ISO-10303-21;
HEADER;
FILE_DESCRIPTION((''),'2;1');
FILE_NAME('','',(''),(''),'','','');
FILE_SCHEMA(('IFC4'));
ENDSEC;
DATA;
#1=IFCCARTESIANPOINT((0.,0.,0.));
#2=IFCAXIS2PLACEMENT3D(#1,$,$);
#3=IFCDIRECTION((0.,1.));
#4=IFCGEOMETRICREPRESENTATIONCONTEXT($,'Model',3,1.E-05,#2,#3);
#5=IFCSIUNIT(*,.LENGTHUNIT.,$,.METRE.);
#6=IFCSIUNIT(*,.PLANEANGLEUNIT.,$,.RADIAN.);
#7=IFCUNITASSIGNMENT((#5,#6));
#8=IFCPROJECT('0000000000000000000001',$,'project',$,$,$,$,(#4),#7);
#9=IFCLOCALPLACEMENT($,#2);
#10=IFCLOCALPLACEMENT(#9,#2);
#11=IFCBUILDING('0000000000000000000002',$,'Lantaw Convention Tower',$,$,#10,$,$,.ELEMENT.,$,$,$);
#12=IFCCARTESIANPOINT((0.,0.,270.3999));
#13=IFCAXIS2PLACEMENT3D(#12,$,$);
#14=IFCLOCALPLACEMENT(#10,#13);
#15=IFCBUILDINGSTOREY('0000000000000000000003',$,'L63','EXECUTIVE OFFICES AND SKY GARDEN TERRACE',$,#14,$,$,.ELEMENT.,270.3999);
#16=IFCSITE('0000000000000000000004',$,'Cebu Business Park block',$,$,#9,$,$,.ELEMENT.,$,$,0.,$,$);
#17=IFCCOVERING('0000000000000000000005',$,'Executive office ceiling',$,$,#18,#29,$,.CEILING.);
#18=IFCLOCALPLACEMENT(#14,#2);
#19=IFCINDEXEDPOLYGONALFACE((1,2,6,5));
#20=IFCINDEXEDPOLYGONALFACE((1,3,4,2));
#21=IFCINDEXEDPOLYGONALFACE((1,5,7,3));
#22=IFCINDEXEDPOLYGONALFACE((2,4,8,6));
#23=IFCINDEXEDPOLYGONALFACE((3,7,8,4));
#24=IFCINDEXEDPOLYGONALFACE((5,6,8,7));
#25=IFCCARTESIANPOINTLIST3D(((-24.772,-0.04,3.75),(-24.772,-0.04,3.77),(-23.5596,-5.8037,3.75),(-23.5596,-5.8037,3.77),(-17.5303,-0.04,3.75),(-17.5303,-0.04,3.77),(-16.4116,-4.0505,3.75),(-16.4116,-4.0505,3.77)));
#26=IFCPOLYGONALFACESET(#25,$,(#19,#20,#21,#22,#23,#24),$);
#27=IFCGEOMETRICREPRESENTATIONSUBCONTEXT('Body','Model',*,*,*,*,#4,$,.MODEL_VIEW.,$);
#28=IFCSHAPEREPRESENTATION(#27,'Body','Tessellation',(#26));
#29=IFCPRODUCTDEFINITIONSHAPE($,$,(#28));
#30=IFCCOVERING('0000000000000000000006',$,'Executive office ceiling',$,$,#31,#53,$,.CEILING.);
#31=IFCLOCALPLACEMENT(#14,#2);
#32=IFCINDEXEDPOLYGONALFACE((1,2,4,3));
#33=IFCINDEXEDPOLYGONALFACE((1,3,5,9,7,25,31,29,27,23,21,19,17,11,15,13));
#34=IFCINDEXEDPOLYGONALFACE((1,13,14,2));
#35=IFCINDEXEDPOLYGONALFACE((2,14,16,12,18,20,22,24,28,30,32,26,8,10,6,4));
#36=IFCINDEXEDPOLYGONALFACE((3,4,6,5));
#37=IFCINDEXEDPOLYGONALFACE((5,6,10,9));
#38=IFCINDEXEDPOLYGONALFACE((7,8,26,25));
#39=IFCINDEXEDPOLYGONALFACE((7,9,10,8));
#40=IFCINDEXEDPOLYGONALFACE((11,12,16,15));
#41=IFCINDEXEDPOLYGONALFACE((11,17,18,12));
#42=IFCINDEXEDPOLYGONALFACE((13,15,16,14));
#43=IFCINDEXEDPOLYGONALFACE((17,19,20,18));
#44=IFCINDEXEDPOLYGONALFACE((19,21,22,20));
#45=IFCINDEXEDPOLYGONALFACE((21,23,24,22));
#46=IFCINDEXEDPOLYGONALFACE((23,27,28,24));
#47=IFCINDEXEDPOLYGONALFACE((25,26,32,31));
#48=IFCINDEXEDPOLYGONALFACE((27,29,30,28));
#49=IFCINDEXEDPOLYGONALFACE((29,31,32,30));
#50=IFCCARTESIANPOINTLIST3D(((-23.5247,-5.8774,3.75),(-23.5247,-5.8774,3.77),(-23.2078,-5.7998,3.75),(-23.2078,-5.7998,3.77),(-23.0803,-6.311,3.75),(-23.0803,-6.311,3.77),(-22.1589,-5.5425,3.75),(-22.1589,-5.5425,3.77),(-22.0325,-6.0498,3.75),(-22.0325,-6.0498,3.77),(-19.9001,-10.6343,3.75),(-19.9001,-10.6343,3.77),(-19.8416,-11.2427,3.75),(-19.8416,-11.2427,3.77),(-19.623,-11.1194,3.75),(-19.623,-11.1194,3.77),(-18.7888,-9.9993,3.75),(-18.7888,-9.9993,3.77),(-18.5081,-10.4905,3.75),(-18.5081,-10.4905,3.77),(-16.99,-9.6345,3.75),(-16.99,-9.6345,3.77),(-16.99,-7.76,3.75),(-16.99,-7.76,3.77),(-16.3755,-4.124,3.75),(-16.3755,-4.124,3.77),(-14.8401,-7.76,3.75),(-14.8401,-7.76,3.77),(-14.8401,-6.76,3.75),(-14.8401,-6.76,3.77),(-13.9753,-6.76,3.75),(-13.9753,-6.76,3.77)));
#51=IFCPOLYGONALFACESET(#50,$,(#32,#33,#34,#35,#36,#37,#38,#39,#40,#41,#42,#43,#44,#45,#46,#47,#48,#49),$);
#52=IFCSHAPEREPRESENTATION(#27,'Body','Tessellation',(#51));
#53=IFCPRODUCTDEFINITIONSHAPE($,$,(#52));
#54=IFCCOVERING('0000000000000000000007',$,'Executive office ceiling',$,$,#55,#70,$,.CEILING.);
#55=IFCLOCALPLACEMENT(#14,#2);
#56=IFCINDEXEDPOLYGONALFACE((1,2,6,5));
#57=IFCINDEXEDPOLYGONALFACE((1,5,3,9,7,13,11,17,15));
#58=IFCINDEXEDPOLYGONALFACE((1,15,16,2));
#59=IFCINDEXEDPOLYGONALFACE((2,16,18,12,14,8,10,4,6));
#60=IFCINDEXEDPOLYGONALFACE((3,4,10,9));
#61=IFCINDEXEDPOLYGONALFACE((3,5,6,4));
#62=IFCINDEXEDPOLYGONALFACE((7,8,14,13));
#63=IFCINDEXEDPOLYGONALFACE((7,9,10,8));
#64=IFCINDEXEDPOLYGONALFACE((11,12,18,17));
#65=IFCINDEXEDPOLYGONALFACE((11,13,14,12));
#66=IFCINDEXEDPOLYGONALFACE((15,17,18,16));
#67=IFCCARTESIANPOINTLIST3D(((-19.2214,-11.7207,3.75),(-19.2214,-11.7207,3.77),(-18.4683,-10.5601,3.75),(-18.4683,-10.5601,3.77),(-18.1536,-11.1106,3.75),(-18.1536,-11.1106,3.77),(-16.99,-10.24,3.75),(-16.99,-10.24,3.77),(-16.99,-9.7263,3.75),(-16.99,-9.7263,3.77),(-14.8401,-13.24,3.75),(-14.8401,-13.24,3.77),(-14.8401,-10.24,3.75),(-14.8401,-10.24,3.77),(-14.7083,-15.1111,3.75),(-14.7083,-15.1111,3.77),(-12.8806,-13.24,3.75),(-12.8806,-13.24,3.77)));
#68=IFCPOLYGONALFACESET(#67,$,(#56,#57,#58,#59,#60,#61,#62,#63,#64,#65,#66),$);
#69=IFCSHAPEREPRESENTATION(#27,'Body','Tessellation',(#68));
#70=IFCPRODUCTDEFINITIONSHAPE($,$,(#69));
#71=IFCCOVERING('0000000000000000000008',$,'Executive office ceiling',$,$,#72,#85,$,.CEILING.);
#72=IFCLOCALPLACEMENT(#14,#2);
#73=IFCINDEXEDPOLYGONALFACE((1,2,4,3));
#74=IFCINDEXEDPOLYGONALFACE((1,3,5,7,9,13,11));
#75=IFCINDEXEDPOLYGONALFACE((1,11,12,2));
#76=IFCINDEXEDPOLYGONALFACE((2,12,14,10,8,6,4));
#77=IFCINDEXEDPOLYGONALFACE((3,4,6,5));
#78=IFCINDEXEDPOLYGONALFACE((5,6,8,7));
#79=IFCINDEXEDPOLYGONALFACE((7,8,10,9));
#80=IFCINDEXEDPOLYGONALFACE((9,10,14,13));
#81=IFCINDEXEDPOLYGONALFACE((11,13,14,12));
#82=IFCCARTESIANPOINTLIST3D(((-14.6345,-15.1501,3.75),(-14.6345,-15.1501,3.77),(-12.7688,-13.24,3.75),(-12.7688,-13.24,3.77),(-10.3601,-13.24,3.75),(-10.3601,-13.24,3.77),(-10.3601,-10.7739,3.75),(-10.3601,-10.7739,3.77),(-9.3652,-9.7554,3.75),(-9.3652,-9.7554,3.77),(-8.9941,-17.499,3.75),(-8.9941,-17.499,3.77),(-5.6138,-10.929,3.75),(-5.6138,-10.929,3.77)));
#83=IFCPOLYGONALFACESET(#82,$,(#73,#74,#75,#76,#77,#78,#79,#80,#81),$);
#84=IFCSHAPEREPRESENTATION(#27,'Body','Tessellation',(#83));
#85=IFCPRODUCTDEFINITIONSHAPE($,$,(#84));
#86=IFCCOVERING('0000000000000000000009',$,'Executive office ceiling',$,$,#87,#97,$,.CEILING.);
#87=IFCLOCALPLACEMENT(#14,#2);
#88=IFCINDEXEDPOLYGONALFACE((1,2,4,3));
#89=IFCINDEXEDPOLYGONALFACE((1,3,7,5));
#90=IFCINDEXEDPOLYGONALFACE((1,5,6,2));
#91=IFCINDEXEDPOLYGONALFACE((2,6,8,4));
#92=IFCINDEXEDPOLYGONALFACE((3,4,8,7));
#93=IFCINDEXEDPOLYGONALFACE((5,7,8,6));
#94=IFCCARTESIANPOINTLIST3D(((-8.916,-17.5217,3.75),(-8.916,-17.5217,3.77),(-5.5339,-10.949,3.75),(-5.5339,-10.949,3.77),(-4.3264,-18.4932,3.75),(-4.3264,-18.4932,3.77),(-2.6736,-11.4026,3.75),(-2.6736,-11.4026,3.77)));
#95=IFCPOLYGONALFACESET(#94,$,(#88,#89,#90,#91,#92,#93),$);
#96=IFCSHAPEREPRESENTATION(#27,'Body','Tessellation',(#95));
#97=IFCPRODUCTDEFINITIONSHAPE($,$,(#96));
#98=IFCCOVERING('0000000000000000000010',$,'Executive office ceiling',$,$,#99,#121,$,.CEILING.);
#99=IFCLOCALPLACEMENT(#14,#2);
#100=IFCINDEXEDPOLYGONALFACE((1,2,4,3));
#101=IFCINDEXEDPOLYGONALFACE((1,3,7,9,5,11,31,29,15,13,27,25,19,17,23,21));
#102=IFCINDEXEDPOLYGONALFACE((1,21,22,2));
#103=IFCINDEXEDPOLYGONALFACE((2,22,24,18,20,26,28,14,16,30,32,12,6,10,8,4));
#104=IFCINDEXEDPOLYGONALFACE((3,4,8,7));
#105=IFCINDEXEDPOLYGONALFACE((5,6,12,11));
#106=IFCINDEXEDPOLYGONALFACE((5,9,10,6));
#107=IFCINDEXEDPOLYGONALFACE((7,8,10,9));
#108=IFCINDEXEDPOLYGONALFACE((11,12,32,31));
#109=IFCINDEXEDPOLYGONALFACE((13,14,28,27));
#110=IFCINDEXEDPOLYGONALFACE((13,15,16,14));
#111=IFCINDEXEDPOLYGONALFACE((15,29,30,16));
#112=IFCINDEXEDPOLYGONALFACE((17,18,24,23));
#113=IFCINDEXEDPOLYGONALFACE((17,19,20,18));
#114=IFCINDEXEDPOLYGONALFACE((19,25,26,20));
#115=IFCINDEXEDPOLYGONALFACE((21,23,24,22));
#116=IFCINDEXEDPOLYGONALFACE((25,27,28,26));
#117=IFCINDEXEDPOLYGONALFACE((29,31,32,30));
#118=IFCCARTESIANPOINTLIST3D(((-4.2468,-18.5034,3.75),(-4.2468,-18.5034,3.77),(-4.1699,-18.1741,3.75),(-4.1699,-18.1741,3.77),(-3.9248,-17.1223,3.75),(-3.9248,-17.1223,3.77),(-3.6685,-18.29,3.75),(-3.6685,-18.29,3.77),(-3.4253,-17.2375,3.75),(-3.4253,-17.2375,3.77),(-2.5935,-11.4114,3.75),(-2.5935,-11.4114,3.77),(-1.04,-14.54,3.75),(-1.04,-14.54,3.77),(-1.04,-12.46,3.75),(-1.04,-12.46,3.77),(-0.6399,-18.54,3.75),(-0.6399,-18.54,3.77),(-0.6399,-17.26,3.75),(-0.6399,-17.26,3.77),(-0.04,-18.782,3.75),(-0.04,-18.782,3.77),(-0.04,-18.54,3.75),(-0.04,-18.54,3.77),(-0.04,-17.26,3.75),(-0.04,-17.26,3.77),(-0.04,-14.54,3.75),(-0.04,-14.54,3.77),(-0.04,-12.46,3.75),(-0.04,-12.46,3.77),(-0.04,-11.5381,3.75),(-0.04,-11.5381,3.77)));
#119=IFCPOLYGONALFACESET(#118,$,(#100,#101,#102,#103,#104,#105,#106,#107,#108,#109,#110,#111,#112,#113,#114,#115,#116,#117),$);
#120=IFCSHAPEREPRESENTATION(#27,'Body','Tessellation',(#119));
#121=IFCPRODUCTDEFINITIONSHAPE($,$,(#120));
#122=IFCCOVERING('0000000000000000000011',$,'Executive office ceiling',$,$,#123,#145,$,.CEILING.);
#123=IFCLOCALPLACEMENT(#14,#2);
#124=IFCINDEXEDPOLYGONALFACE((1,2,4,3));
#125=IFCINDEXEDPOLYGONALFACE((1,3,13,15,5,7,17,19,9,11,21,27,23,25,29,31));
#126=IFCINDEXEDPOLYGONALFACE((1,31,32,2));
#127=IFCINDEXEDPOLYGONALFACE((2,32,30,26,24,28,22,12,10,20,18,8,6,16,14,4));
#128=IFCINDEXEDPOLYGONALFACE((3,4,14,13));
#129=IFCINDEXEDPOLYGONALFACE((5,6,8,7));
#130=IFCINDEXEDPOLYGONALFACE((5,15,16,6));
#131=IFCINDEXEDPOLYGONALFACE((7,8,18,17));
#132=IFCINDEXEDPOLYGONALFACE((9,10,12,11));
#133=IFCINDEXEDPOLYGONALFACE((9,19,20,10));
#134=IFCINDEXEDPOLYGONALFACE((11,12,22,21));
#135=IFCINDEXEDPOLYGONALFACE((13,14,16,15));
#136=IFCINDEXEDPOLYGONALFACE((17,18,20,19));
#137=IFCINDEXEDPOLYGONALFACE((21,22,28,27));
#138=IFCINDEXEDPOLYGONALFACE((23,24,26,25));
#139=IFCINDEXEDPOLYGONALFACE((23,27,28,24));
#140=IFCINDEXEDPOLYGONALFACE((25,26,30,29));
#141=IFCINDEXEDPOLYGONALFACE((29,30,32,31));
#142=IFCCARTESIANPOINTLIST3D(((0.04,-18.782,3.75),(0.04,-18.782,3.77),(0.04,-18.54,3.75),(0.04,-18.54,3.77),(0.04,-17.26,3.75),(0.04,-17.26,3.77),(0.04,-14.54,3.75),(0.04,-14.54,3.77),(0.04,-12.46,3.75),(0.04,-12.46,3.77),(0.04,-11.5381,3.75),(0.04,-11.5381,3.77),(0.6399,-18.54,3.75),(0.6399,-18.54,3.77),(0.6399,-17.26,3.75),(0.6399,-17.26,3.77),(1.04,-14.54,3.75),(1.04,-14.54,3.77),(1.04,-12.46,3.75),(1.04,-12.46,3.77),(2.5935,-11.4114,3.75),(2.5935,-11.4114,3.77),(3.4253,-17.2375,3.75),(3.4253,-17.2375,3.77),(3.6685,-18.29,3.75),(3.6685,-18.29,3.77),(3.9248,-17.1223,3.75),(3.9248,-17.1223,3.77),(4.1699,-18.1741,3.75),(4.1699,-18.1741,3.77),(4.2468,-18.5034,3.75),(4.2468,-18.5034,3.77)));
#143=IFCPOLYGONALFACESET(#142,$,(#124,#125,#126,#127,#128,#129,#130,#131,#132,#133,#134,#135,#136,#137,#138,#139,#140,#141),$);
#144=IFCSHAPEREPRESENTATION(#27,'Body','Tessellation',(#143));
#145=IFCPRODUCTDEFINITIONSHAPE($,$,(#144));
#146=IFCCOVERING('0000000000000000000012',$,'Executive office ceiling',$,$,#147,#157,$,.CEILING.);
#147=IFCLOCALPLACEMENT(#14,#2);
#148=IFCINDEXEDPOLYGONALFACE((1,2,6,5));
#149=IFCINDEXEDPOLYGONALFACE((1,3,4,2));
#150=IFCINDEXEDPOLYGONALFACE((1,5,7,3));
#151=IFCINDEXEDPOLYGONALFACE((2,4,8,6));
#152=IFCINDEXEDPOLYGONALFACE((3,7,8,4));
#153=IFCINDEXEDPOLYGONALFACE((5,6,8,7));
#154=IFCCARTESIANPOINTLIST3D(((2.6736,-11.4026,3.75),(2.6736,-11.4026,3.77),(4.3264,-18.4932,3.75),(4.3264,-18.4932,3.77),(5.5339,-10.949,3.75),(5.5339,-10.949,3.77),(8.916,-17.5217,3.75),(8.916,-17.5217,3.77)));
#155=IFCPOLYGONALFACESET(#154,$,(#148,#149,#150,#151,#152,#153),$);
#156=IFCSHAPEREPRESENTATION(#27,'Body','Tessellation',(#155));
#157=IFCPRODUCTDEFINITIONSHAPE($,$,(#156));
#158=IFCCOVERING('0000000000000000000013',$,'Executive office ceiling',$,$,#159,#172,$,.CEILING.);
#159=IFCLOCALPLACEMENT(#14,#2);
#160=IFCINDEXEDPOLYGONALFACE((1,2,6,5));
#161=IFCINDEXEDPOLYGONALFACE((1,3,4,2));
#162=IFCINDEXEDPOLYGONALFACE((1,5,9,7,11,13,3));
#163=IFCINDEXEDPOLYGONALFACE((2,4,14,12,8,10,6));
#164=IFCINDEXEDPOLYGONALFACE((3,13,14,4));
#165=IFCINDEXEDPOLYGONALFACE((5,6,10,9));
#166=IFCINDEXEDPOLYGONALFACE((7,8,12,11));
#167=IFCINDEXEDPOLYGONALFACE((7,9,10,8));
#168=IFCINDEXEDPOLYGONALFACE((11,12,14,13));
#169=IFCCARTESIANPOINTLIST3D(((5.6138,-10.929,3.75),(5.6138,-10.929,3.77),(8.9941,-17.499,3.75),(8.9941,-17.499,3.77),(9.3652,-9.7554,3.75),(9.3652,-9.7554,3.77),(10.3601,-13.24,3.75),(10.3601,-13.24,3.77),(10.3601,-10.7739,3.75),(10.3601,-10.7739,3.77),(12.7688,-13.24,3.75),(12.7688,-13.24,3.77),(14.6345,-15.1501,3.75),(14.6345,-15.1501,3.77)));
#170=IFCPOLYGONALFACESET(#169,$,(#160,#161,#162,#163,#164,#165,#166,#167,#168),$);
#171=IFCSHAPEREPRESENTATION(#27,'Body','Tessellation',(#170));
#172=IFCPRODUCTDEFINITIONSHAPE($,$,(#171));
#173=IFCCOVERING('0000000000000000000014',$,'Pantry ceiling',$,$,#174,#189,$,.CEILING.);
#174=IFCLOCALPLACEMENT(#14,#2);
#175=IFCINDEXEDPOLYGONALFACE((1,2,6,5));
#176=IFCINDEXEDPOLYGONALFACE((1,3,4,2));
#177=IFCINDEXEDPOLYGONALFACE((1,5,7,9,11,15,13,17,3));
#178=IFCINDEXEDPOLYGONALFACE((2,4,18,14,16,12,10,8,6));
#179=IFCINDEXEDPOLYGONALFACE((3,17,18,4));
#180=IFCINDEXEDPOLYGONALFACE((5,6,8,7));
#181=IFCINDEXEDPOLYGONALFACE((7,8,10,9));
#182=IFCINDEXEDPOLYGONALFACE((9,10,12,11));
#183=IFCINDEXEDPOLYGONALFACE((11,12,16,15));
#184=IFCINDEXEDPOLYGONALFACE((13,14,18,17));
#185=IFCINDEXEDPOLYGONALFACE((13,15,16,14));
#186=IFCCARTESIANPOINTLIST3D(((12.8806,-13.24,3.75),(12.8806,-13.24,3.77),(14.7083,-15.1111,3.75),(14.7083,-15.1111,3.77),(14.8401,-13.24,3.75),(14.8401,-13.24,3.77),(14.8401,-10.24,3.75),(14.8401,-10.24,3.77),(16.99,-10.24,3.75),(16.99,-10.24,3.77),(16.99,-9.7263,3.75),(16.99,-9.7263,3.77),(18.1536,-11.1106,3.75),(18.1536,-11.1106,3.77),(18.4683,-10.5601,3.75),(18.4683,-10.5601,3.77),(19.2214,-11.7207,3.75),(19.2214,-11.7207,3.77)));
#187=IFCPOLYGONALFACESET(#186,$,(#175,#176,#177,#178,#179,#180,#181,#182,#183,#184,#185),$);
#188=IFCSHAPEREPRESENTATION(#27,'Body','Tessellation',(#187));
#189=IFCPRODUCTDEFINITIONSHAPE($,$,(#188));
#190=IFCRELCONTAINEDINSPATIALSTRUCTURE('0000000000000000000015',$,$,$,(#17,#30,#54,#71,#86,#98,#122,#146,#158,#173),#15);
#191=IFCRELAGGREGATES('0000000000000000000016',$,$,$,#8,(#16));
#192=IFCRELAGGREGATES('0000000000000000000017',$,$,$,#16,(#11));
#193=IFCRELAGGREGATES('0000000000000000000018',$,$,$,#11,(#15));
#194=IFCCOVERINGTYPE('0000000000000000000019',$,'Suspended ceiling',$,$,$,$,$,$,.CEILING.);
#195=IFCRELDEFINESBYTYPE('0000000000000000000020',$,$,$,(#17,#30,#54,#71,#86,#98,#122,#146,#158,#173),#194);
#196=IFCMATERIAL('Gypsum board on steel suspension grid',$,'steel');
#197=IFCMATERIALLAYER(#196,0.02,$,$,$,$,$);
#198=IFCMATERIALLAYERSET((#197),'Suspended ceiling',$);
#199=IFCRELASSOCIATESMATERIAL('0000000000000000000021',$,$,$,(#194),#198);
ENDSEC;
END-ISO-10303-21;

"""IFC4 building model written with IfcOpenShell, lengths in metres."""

from ifc_helpers import new_model, si_unit, direction, frame, origin, place, context, subcontext, project, spatial, polyline, outline, extrude, material, layer, layer_set, type_object, element, save


model = new_model("IFC4")

# Units and contexts
model_context = context("Model", 3, precision=1e-05, world=origin(), true_north=direction((0.0, 1.0)))
body_context = subcontext(model_context, "Body", "Model", "MODEL_VIEW")
ifc_project = project(units=[si_unit("LENGTHUNIT", "METRE"), si_unit("PLANEANGLEUNIT", "RADIAN")], contexts=[model_context])

# Site, building, storey
site_placement = place(None, origin())
site = spatial("IfcSite", under=ifc_project, at=site_placement, Name="Cebu Business Park block", CompositionType="ELEMENT", RefElevation=0.0)
building_placement = place(site_placement, origin())
building = spatial("IfcBuilding", under=site, at=building_placement, Name="Lantaw Convention Tower", CompositionType="ELEMENT")
storey_placement = place(building_placement, frame((0.0, 0.0, 270.3999)))
storey = spatial("IfcBuildingStorey", under=building, at=storey_placement, Name="L63", Description="EXECUTIVE OFFICES AND SKY GARDEN TERRACE", CompositionType="ELEMENT", Elevation=270.3999)

# Coverings
ifc_material_1 = material(Name="Gypsum board on steel suspension grid", Category="steel")
ifc_layer_1 = layer(ifc_material_1, 0.02)
ifc_layer_set_1 = layer_set([ifc_layer_1], Name="Suspended ceiling")
covering_type = type_object("IfcCoveringType", Name="Suspended ceiling", PredefinedType="CEILING", material=ifc_layer_set_1)
covering_1_placement = place(storey_placement, frame((0.0, 0.0, 3.75)))
element("IfcCovering", 1, at=covering_1_placement, inside=storey, type_object=covering_type, Name="Executive office ceiling", PredefinedType="CEILING", context=body_context, shape_type="SweptSolid", body=[
    extrude(outline(polyline([(-17.5303, -0.04), (-24.772, -0.04), (-23.5596, -5.8037), (-16.4116, -4.0505), (-17.5303, -0.04)])), origin(), (0.0, 0.0, 1.0), 0.02),
])
covering_2_placement = place(storey_placement, frame((0.0, 0.0, 3.75)))
element("IfcCovering", 2, at=covering_2_placement, inside=storey, type_object=covering_type, Name="Executive office ceiling", PredefinedType="CEILING", context=body_context, shape_type="SweptSolid", body=[
    extrude(outline(polyline([(-14.8401, -6.76), (-13.9753, -6.76), (-16.3755, -4.124), (-22.1589, -5.5425), (-22.0325, -6.0498), (-23.0803, -6.311), (-23.2078, -5.7998), (-23.5247, -5.8774), (-19.8416, -11.2427), (-19.623, -11.1194), (-19.9001, -10.6343), (-18.7888, -9.9993), (-18.5081, -10.4905), (-16.99, -9.6345), (-16.99, -7.76), (-14.8401, -7.76), (-14.8401, -6.76)])), origin(), (0.0, 0.0, 1.0), 0.02),
])
covering_3_placement = place(storey_placement, frame((0.0, 0.0, 3.75)))
element("IfcCovering", 3, at=covering_3_placement, inside=storey, type_object=covering_type, Name="Executive office ceiling", PredefinedType="CEILING", context=body_context, shape_type="SweptSolid", body=[
    extrude(outline(polyline([(-19.2214, -11.7207), (-14.7083, -15.1111), (-12.8806, -13.24), (-14.8401, -13.24), (-14.8401, -10.24), (-16.99, -10.24), (-16.99, -9.7263), (-18.4683, -10.5601), (-18.1536, -11.1106), (-19.2214, -11.7207)])), origin(), (0.0, 0.0, 1.0), 0.02),
])
covering_4_placement = place(storey_placement, frame((0.0, 0.0, 3.75)))
element("IfcCovering", 4, at=covering_4_placement, inside=storey, type_object=covering_type, Name="Executive office ceiling", PredefinedType="CEILING", context=body_context, shape_type="SweptSolid", body=[
    extrude(outline(polyline([(-5.6138, -10.929), (-9.3652, -9.7554), (-10.3601, -10.7739), (-10.3601, -13.24), (-12.7688, -13.24), (-14.6345, -15.1501), (-8.9941, -17.499), (-5.6138, -10.929)])), origin(), (0.0, 0.0, 1.0), 0.02),
])
covering_5_placement = place(storey_placement, frame((0.0, 0.0, 3.75)))
element("IfcCovering", 5, at=covering_5_placement, inside=storey, type_object=covering_type, Name="Executive office ceiling", PredefinedType="CEILING", context=body_context, shape_type="SweptSolid", body=[
    extrude(outline(polyline([(-5.5339, -10.949), (-8.916, -17.5217), (-4.3264, -18.4932), (-2.6736, -11.4026), (-5.5339, -10.949)])), origin(), (0.0, 0.0, 1.0), 0.02),
])
covering_6_placement = place(storey_placement, frame((0.0, 0.0, 3.75)))
element("IfcCovering", 6, at=covering_6_placement, inside=storey, type_object=covering_type, Name="Executive office ceiling", PredefinedType="CEILING", context=body_context, shape_type="SweptSolid", body=[
    extrude(outline(polyline([(-0.04, -11.5381), (-2.5935, -11.4114), (-3.9248, -17.1223), (-3.4253, -17.2375), (-3.6685, -18.29), (-4.1699, -18.1741), (-4.2468, -18.5034), (-0.04, -18.782), (-0.04, -18.54), (-0.6399, -18.54), (-0.6399, -17.26), (-0.04, -17.26), (-0.04, -14.54), (-1.04, -14.54), (-1.04, -12.46), (-0.04, -12.46), (-0.04, -11.5381)])), origin(), (0.0, 0.0, 1.0), 0.02),
])
covering_7_placement = place(storey_placement, frame((0.0, 0.0, 3.75)))
element("IfcCovering", 7, at=covering_7_placement, inside=storey, type_object=covering_type, Name="Executive office ceiling", PredefinedType="CEILING", context=body_context, shape_type="SweptSolid", body=[
    extrude(outline(polyline([(2.5935, -11.4114), (0.04, -11.5381), (0.04, -12.46), (1.04, -12.46), (1.04, -14.54), (0.04, -14.54), (0.04, -17.26), (0.6399, -17.26), (0.6399, -18.54), (0.04, -18.54), (0.04, -18.782), (4.2468, -18.5034), (4.1699, -18.1741), (3.6685, -18.29), (3.4253, -17.2375), (3.9248, -17.1223), (2.5935, -11.4114)])), origin(), (0.0, 0.0, 1.0), 0.02),
])
covering_8_placement = place(storey_placement, frame((0.0, 0.0, 3.75)))
element("IfcCovering", 8, at=covering_8_placement, inside=storey, type_object=covering_type, Name="Executive office ceiling", PredefinedType="CEILING", context=body_context, shape_type="SweptSolid", body=[
    extrude(outline(polyline([(2.6736, -11.4026), (4.3264, -18.4932), (8.916, -17.5217), (5.5339, -10.949), (2.6736, -11.4026)])), origin(), (0.0, 0.0, 1.0), 0.02),
])
covering_9_placement = place(storey_placement, frame((0.0, 0.0, 3.75)))
element("IfcCovering", 9, at=covering_9_placement, inside=storey, type_object=covering_type, Name="Executive office ceiling", PredefinedType="CEILING", context=body_context, shape_type="SweptSolid", body=[
    extrude(outline(polyline([(9.3652, -9.7554), (5.6138, -10.929), (8.9941, -17.499), (14.6345, -15.1501), (12.7688, -13.24), (10.3601, -13.24), (10.3601, -10.7739), (9.3652, -9.7554)])), origin(), (0.0, 0.0, 1.0), 0.02),
])
covering_10_placement = place(storey_placement, frame((0.0, 0.0, 3.75)))
element("IfcCovering", 10, at=covering_10_placement, inside=storey, type_object=covering_type, Name="Pantry ceiling", PredefinedType="CEILING", context=body_context, shape_type="SweptSolid", body=[
    extrude(outline(polyline([(14.7083, -15.1111), (19.2214, -11.7207), (18.1536, -11.1106), (18.4683, -10.5601), (16.99, -9.7263), (16.99, -10.24), (14.8401, -10.24), (14.8401, -13.24), (12.8806, -13.24), (14.7083, -15.1111)])), origin(), (0.0, 0.0, 1.0), 0.02),
])

save(model, "model.ifc")
